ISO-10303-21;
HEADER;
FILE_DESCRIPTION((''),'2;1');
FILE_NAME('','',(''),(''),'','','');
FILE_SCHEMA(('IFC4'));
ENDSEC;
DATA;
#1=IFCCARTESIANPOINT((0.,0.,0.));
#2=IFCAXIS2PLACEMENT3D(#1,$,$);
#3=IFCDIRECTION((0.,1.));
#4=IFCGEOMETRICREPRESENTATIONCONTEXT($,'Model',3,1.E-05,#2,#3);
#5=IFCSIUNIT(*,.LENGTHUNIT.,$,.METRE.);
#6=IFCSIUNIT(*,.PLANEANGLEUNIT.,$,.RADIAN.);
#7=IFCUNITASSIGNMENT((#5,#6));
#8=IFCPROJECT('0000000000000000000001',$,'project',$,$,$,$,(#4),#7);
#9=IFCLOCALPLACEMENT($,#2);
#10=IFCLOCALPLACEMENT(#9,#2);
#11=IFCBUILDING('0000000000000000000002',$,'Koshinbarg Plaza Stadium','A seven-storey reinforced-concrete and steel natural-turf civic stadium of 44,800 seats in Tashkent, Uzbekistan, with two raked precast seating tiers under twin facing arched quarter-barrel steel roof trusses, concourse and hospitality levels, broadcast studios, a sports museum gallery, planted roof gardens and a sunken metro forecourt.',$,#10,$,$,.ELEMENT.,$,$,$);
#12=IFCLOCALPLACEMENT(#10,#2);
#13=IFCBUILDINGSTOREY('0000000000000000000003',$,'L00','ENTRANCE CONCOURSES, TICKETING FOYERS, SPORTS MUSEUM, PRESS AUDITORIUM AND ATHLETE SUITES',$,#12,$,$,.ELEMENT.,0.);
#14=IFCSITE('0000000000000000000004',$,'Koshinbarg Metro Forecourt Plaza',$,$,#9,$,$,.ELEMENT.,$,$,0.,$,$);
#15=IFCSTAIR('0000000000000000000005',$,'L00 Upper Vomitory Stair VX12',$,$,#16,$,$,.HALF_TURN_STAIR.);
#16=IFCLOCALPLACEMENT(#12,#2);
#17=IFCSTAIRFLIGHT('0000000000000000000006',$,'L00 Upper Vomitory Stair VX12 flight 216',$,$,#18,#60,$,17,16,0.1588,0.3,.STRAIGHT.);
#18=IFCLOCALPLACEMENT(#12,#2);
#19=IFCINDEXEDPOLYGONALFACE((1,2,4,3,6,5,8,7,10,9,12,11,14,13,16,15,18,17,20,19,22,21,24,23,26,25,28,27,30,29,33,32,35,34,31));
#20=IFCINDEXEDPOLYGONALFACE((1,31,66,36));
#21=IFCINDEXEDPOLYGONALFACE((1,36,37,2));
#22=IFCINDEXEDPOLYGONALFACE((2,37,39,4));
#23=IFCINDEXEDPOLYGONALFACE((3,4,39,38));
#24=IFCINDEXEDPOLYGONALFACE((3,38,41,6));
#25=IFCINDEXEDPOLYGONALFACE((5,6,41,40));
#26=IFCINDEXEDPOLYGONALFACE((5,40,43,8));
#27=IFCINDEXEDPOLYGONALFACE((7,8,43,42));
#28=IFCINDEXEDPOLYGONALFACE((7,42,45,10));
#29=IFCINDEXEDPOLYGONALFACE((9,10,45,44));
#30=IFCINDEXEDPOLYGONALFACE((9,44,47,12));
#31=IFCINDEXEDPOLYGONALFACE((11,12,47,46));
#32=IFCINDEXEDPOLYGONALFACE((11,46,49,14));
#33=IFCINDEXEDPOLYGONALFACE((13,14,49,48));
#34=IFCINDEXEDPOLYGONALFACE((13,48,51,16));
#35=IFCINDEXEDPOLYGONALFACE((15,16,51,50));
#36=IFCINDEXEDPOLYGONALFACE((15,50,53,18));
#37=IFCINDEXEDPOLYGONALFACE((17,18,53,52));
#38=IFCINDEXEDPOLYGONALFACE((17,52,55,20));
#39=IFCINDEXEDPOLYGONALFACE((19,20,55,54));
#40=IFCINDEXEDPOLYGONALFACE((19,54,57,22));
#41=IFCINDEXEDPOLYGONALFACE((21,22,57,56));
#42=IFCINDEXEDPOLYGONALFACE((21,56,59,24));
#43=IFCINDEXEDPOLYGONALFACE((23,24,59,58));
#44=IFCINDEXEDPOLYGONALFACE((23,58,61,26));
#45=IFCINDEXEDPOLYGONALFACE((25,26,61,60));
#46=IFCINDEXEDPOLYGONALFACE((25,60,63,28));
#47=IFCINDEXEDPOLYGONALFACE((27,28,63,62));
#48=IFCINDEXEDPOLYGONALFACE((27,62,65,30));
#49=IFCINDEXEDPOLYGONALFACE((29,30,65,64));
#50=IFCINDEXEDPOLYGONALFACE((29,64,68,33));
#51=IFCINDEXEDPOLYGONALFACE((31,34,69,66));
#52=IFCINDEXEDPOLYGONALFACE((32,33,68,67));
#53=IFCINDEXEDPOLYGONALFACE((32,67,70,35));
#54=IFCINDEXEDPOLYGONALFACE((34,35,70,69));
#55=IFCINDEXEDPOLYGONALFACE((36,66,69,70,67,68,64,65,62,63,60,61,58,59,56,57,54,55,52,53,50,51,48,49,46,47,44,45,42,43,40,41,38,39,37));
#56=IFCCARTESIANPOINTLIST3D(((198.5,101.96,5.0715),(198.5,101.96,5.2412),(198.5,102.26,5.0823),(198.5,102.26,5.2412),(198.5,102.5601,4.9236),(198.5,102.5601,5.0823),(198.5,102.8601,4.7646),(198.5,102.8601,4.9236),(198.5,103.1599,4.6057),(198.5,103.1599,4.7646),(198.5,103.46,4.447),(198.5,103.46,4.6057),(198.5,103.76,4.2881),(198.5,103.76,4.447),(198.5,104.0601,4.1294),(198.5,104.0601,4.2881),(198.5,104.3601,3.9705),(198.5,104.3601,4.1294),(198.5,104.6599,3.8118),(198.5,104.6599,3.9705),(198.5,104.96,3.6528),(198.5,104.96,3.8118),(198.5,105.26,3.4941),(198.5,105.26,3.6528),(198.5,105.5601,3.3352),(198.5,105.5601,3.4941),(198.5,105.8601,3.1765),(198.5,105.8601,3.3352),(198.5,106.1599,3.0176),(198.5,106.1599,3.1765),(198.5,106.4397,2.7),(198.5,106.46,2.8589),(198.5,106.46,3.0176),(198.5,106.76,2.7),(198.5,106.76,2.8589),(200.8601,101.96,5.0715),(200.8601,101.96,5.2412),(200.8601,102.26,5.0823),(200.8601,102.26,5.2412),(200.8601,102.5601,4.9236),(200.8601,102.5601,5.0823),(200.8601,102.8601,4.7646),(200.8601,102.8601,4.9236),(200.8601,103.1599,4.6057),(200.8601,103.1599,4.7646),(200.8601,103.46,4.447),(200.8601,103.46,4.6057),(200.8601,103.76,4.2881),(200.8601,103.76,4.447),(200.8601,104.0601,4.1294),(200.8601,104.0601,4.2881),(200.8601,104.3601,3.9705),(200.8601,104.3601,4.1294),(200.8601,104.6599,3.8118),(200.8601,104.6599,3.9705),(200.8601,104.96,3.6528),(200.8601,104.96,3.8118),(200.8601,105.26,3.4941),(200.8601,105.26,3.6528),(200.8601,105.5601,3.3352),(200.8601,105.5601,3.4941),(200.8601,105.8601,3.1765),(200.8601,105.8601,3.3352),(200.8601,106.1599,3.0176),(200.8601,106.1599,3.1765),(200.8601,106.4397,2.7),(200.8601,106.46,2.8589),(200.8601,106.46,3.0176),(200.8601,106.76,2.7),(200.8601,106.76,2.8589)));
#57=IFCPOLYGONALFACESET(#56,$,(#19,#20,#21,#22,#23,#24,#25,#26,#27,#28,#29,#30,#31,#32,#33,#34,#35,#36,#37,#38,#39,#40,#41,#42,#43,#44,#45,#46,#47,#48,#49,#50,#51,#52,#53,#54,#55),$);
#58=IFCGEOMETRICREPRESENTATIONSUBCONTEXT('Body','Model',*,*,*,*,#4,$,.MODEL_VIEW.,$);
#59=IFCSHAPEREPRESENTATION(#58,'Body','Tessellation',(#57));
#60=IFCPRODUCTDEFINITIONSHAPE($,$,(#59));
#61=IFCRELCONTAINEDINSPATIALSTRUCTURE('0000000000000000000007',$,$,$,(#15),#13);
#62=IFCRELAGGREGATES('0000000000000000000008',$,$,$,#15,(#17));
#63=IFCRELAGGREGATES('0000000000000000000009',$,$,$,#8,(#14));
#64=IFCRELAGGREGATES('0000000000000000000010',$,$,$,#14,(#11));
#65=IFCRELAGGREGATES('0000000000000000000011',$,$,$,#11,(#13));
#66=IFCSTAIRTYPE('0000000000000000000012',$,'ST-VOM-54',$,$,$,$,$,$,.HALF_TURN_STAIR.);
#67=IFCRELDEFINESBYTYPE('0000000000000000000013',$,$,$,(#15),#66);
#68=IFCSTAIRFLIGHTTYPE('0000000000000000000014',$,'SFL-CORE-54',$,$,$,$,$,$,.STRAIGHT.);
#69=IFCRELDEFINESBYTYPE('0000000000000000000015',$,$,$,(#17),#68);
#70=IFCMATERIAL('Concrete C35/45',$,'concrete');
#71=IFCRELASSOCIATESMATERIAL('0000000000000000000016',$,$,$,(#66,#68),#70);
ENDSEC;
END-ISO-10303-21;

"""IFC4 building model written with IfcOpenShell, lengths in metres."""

from ifc_helpers import new_model, si_unit, direction, frame, origin, place, context, subcontext, project, spatial, polyline, outline, extrude, material, type_object, element, aggregate, save


model = new_model("IFC4")

# Units and contexts
model_context = context("Model", 3, precision=1e-05, world=origin(), true_north=direction((0.0, 1.0)))
body_context = subcontext(model_context, "Body", "Model", "MODEL_VIEW")
ifc_project = project(units=[si_unit("LENGTHUNIT", "METRE"), si_unit("PLANEANGLEUNIT", "RADIAN")], contexts=[model_context])

# Site, building, storey
site_placement = place(None, origin())
site = spatial("IfcSite", under=ifc_project, at=site_placement, Name="Koshinbarg Metro Forecourt Plaza", CompositionType="ELEMENT", RefElevation=0.0)
building_placement = place(site_placement, origin())
building = spatial("IfcBuilding", under=site, at=building_placement, Name="Koshinbarg Plaza Stadium", Description="A seven-storey reinforced-concrete and steel natural-turf civic stadium of 44,800 seats in Tashkent, Uzbekistan, with two raked precast seating tiers under twin facing arched quarter-barrel steel roof trusses, concourse and hospitality levels, broadcast studios, a sports museum gallery, planted roof gardens and a sunken metro forecourt.", CompositionType="ELEMENT")
storey_placement = place(building_placement, origin())
storey = spatial("IfcBuildingStorey", under=building, at=storey_placement, Name="L00", Description="ENTRANCE CONCOURSES, TICKETING FOYERS, SPORTS MUSEUM, PRESS AUDITORIUM AND ATHLETE SUITES", CompositionType="ELEMENT", Elevation=0.0)

# Shared definitions
ifc_material_1 = material(Name="Concrete C35/45", Category="concrete")

# Stair, stair flight
stair_type = type_object("IfcStairType", Name="ST-VOM-54", PredefinedType="HALF_TURN_STAIR", material=ifc_material_1)
stair_placement = place(storey_placement, origin())
stair = element("IfcStair", 1, at=stair_placement, inside=storey, type_object=stair_type, Name="L00 Upper Vomitory Stair VX12", PredefinedType="HALF_TURN_STAIR")
stair_flight_type = type_object("IfcStairFlightType", Name="SFL-CORE-54", PredefinedType="STRAIGHT", material=ifc_material_1)
stair_flight_placement = place(storey_placement, frame((199.6799, 106.76, 2.7), z_axis=(0.0, 0.0, 1.0), x_axis=(0.0, -1.0, 0.0)))
stair_flight = element("IfcStairFlight", 2, at=stair_flight_placement, type_object=stair_flight_type, Name="L00 Upper Vomitory Stair VX12 flight 216", NumberOfRisers=17, NumberOfTreads=16, PredefinedType="STRAIGHT", RiserHeight=0.1588, TreadLength=0.3, context=body_context, shape_type="SweptSolid", body=[
    extrude(outline(polyline([(0.0, 0.0), (0.0, 0.1589), (0.3, 0.1589), (0.3, 0.3176), (0.6001, 0.3176), (0.6001, 0.4766), (0.8999, 0.4766), (0.8999, 0.6353), (1.2, 0.6353), (1.2, 0.7942), (1.5, 0.7942), (1.5, 0.9529), (1.8, 0.9529), (1.8, 1.1118), (2.1001, 1.1118), (2.1001, 1.2705), (2.3999, 1.2705), (2.3999, 1.4294), (2.7, 1.4294), (2.7, 1.5881), (3.0, 1.5881), (3.0, 1.7471), (3.3, 1.7471), (3.3, 1.9058), (3.6001, 1.9058), (3.6001, 2.0647), (3.8999, 2.0647), (3.8999, 2.2236), (4.2, 2.2236), (4.2, 2.3823), (4.5, 2.3823), (4.5, 2.5413), (4.8, 2.5413), (4.8, 2.7), (4.8, 2.3716), (0.3203, 0.0), (0.0, 0.0)])), frame((0.0, 1.1802, 0.0), z_axis=(0.0, -1.0, 0.0), x_axis=(1.0, 0.0, 0.0)), (0.0, 0.0, 1.0), 2.3601),
])
aggregate(stair, [stair_flight])

save(model, "model.ifc")
